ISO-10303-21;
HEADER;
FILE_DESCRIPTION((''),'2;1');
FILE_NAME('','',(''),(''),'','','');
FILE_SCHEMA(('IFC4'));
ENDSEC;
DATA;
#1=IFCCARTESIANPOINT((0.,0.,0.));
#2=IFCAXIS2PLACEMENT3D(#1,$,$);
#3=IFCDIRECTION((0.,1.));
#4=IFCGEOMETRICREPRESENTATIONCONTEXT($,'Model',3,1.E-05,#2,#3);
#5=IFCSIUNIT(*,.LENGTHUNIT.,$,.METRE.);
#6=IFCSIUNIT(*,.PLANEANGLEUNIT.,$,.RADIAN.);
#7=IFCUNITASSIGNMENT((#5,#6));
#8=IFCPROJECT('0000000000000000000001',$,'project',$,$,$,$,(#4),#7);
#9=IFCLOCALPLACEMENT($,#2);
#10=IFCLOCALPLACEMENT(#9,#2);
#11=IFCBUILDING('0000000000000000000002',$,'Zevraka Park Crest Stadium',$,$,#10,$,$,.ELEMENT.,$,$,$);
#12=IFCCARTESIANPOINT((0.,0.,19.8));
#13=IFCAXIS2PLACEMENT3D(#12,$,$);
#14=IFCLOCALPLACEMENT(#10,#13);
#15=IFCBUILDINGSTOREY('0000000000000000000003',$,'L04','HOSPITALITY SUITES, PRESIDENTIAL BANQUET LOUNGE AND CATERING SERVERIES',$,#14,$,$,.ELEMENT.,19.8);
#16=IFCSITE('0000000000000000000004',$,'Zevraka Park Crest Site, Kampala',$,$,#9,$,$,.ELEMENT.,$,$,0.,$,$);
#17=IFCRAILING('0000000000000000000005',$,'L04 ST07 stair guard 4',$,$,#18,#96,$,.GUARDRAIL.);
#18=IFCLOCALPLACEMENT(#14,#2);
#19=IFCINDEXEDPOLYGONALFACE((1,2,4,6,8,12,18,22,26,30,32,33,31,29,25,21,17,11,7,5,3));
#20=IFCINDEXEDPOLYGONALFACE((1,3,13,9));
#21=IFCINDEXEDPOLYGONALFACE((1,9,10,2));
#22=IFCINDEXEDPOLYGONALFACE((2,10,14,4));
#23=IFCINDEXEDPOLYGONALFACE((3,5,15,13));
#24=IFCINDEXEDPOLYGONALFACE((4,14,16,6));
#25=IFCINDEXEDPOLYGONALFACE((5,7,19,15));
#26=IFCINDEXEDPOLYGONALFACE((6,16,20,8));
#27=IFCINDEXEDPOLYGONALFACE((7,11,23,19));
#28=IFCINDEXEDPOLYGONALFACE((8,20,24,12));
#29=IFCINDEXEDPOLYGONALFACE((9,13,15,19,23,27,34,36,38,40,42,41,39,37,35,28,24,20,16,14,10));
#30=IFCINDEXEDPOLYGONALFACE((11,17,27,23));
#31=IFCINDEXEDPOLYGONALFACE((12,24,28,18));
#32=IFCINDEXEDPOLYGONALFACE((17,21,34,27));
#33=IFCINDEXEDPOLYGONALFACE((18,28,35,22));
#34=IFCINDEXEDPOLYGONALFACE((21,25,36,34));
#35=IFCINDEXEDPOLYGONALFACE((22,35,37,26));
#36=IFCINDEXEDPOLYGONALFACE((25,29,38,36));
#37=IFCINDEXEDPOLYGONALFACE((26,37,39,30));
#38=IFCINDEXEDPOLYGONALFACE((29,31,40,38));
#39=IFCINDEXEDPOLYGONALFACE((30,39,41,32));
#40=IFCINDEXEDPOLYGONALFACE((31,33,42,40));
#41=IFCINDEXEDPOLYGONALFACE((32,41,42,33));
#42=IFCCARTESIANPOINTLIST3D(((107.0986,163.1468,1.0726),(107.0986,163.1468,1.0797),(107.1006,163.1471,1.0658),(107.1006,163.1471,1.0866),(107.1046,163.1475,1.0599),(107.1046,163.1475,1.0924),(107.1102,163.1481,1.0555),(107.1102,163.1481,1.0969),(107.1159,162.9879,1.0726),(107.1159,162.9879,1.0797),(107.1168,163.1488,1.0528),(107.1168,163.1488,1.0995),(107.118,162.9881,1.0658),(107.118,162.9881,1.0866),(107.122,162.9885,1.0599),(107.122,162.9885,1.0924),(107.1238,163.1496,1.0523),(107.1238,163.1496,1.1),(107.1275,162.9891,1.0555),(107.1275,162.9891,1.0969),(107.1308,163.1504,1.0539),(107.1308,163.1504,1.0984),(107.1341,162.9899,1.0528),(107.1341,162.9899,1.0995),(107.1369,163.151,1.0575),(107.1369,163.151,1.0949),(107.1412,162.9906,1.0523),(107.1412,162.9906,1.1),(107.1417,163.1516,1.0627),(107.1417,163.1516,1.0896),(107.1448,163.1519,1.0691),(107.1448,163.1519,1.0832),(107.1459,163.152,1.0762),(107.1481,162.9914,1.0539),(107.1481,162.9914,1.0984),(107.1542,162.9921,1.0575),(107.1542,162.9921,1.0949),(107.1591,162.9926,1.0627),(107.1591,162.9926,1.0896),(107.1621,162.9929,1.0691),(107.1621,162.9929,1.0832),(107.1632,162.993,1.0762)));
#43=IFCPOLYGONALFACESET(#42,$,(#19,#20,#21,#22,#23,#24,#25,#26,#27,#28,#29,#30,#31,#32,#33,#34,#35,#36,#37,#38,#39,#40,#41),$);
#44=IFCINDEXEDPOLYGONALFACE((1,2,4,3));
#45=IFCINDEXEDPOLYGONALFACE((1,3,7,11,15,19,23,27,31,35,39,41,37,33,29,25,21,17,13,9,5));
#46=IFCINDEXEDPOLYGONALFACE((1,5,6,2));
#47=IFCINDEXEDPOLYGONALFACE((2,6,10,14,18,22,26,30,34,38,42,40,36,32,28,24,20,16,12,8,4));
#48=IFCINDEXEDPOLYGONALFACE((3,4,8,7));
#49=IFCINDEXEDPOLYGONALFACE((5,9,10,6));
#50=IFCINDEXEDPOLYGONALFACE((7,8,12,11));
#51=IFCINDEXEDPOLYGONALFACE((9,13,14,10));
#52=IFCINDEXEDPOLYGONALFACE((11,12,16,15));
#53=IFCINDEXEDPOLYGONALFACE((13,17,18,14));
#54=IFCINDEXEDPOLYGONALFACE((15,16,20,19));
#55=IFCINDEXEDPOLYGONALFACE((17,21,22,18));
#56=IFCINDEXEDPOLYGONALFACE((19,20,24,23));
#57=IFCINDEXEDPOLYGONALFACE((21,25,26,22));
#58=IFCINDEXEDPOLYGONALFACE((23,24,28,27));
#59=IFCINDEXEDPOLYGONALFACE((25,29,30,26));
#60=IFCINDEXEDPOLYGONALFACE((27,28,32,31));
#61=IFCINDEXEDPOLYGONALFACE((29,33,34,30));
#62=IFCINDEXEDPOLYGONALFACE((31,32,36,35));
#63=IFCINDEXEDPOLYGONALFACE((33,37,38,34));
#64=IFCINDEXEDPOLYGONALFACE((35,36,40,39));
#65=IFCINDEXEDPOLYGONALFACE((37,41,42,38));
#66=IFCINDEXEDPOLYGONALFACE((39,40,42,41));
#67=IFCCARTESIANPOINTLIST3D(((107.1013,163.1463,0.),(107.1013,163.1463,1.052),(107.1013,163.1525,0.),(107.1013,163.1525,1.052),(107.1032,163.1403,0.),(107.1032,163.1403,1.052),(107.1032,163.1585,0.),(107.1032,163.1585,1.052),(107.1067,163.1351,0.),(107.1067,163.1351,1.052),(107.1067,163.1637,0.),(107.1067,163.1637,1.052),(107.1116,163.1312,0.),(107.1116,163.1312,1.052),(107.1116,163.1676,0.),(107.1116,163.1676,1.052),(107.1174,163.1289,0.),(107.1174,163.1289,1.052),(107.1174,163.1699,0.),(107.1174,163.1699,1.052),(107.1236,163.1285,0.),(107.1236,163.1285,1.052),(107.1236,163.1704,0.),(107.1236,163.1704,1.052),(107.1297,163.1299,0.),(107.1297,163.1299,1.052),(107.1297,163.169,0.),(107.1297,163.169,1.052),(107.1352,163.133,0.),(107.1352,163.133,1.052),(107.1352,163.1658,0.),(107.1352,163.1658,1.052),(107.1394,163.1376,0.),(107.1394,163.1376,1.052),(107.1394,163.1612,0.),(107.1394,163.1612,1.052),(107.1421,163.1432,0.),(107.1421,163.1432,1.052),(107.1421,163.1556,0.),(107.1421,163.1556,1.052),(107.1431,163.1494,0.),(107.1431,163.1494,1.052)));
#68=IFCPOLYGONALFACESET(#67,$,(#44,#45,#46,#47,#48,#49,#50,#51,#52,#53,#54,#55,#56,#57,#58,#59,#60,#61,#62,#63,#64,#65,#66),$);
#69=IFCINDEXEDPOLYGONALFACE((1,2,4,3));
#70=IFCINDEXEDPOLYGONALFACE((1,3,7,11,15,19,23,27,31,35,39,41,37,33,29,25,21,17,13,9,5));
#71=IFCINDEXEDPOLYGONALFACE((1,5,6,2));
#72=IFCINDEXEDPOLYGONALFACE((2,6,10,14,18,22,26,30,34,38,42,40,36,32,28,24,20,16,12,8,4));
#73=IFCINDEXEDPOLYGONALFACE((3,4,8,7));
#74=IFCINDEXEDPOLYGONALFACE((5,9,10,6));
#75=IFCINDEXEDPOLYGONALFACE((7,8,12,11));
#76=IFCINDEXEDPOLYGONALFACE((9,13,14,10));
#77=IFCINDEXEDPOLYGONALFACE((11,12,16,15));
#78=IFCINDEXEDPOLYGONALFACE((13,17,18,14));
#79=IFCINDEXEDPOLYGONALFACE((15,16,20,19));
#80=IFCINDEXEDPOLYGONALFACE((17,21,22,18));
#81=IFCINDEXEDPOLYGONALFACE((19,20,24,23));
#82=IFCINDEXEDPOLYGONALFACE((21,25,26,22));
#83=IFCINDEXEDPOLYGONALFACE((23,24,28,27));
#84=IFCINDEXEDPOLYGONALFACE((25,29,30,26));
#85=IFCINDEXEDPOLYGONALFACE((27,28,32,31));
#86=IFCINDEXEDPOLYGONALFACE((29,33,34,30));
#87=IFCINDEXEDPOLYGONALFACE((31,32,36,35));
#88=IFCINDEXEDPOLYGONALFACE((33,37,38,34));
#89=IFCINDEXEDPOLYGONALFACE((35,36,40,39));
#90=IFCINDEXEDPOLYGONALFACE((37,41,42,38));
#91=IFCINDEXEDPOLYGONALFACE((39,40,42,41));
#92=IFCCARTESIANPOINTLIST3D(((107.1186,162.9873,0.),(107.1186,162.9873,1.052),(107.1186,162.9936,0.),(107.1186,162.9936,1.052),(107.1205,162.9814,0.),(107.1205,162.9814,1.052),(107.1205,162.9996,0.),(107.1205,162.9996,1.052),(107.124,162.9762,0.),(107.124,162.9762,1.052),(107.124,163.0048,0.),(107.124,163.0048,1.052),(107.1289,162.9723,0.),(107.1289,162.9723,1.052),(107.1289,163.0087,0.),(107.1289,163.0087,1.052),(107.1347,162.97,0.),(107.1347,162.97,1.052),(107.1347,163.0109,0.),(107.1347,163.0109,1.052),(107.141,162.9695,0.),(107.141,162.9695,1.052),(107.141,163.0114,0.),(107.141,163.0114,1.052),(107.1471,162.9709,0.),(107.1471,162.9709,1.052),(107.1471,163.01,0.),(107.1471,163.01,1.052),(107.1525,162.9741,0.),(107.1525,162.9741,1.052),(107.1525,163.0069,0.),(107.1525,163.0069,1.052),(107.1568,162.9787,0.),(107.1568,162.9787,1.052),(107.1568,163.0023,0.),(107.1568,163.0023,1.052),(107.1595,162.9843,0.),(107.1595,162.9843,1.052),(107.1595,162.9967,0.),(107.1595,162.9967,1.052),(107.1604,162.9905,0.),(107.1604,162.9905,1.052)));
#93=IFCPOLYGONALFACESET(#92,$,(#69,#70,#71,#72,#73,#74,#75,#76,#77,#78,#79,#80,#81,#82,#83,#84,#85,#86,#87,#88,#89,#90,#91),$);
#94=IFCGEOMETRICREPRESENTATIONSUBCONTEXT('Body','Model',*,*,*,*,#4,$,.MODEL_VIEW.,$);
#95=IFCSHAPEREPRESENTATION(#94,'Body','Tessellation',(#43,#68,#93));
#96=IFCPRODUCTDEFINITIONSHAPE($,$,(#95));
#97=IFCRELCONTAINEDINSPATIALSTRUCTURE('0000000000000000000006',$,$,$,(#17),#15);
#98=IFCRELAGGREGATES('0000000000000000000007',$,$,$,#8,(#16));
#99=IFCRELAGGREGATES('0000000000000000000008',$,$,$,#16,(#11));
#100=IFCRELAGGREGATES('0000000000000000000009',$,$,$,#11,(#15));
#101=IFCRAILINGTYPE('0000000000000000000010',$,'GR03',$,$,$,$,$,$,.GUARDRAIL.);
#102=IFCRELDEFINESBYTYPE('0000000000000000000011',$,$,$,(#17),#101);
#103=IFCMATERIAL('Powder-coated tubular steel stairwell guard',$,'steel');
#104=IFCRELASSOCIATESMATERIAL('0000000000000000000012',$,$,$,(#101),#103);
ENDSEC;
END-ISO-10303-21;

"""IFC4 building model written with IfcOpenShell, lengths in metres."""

from ifc_helpers import new_model, si_unit, direction, frame, origin, origin_2d, place, context, subcontext, project, spatial, circle, extrude, material, type_object, element, save


model = new_model("IFC4")

# Units and contexts
model_context = context("Model", 3, precision=1e-05, world=origin(), true_north=direction((0.0, 1.0)))
body_context = subcontext(model_context, "Body", "Model", "MODEL_VIEW")
ifc_project = project(units=[si_unit("LENGTHUNIT", "METRE"), si_unit("PLANEANGLEUNIT", "RADIAN")], contexts=[model_context])

# Site, building, storey
site_placement = place(None, origin())
site = spatial("IfcSite", under=ifc_project, at=site_placement, Name="Zevraka Park Crest Site, Kampala", CompositionType="ELEMENT", RefElevation=0.0)
building_placement = place(site_placement, origin())
building = spatial("IfcBuilding", under=site, at=building_placement, Name="Zevraka Park Crest Stadium", CompositionType="ELEMENT")
storey_placement = place(building_placement, frame((0.0, 0.0, 19.8)))
storey = spatial("IfcBuildingStorey", under=building, at=storey_placement, Name="L04", Description="HOSPITALITY SUITES, PRESIDENTIAL BANQUET LOUNGE AND CATERING SERVERIES", CompositionType="ELEMENT", Elevation=19.8)

# Railing
ifc_material_1 = material(Name="Powder-coated tubular steel stairwell guard", Category="steel")
railing_type_1 = type_object("IfcRailingType", Name="GR03", PredefinedType="GUARDRAIL", material=ifc_material_1)
railing_1_placement = place(storey_placement, frame((107.1221, 163.1494, 0.0)))
element("IfcRailing", 1, at=railing_1_placement, inside=storey, type_object=railing_type_1, Name="L04 ST07 stair guard 4", PredefinedType="GUARDRAIL", context=body_context, shape_type="SweptSolid", body=[
    extrude(circle(Radius=0.0239, at=origin_2d()), frame((0.0, 0.0, 1.0762), z_axis=(0.10842, -0.994105, 0.0), x_axis=(0.994105, 0.10842, 0.0)), (0.0, 0.0, 1.0), 0.1599),
    extrude(circle(Radius=0.021, at=origin_2d()), origin(), (0.0, 0.0, 1.0), 1.052),
    extrude(circle(Radius=0.021, at=origin_2d()), frame((0.0173, -0.1589, 0.0)), (0.0, 0.0, 1.0), 1.052),
])

save(model, "model.ifc")
